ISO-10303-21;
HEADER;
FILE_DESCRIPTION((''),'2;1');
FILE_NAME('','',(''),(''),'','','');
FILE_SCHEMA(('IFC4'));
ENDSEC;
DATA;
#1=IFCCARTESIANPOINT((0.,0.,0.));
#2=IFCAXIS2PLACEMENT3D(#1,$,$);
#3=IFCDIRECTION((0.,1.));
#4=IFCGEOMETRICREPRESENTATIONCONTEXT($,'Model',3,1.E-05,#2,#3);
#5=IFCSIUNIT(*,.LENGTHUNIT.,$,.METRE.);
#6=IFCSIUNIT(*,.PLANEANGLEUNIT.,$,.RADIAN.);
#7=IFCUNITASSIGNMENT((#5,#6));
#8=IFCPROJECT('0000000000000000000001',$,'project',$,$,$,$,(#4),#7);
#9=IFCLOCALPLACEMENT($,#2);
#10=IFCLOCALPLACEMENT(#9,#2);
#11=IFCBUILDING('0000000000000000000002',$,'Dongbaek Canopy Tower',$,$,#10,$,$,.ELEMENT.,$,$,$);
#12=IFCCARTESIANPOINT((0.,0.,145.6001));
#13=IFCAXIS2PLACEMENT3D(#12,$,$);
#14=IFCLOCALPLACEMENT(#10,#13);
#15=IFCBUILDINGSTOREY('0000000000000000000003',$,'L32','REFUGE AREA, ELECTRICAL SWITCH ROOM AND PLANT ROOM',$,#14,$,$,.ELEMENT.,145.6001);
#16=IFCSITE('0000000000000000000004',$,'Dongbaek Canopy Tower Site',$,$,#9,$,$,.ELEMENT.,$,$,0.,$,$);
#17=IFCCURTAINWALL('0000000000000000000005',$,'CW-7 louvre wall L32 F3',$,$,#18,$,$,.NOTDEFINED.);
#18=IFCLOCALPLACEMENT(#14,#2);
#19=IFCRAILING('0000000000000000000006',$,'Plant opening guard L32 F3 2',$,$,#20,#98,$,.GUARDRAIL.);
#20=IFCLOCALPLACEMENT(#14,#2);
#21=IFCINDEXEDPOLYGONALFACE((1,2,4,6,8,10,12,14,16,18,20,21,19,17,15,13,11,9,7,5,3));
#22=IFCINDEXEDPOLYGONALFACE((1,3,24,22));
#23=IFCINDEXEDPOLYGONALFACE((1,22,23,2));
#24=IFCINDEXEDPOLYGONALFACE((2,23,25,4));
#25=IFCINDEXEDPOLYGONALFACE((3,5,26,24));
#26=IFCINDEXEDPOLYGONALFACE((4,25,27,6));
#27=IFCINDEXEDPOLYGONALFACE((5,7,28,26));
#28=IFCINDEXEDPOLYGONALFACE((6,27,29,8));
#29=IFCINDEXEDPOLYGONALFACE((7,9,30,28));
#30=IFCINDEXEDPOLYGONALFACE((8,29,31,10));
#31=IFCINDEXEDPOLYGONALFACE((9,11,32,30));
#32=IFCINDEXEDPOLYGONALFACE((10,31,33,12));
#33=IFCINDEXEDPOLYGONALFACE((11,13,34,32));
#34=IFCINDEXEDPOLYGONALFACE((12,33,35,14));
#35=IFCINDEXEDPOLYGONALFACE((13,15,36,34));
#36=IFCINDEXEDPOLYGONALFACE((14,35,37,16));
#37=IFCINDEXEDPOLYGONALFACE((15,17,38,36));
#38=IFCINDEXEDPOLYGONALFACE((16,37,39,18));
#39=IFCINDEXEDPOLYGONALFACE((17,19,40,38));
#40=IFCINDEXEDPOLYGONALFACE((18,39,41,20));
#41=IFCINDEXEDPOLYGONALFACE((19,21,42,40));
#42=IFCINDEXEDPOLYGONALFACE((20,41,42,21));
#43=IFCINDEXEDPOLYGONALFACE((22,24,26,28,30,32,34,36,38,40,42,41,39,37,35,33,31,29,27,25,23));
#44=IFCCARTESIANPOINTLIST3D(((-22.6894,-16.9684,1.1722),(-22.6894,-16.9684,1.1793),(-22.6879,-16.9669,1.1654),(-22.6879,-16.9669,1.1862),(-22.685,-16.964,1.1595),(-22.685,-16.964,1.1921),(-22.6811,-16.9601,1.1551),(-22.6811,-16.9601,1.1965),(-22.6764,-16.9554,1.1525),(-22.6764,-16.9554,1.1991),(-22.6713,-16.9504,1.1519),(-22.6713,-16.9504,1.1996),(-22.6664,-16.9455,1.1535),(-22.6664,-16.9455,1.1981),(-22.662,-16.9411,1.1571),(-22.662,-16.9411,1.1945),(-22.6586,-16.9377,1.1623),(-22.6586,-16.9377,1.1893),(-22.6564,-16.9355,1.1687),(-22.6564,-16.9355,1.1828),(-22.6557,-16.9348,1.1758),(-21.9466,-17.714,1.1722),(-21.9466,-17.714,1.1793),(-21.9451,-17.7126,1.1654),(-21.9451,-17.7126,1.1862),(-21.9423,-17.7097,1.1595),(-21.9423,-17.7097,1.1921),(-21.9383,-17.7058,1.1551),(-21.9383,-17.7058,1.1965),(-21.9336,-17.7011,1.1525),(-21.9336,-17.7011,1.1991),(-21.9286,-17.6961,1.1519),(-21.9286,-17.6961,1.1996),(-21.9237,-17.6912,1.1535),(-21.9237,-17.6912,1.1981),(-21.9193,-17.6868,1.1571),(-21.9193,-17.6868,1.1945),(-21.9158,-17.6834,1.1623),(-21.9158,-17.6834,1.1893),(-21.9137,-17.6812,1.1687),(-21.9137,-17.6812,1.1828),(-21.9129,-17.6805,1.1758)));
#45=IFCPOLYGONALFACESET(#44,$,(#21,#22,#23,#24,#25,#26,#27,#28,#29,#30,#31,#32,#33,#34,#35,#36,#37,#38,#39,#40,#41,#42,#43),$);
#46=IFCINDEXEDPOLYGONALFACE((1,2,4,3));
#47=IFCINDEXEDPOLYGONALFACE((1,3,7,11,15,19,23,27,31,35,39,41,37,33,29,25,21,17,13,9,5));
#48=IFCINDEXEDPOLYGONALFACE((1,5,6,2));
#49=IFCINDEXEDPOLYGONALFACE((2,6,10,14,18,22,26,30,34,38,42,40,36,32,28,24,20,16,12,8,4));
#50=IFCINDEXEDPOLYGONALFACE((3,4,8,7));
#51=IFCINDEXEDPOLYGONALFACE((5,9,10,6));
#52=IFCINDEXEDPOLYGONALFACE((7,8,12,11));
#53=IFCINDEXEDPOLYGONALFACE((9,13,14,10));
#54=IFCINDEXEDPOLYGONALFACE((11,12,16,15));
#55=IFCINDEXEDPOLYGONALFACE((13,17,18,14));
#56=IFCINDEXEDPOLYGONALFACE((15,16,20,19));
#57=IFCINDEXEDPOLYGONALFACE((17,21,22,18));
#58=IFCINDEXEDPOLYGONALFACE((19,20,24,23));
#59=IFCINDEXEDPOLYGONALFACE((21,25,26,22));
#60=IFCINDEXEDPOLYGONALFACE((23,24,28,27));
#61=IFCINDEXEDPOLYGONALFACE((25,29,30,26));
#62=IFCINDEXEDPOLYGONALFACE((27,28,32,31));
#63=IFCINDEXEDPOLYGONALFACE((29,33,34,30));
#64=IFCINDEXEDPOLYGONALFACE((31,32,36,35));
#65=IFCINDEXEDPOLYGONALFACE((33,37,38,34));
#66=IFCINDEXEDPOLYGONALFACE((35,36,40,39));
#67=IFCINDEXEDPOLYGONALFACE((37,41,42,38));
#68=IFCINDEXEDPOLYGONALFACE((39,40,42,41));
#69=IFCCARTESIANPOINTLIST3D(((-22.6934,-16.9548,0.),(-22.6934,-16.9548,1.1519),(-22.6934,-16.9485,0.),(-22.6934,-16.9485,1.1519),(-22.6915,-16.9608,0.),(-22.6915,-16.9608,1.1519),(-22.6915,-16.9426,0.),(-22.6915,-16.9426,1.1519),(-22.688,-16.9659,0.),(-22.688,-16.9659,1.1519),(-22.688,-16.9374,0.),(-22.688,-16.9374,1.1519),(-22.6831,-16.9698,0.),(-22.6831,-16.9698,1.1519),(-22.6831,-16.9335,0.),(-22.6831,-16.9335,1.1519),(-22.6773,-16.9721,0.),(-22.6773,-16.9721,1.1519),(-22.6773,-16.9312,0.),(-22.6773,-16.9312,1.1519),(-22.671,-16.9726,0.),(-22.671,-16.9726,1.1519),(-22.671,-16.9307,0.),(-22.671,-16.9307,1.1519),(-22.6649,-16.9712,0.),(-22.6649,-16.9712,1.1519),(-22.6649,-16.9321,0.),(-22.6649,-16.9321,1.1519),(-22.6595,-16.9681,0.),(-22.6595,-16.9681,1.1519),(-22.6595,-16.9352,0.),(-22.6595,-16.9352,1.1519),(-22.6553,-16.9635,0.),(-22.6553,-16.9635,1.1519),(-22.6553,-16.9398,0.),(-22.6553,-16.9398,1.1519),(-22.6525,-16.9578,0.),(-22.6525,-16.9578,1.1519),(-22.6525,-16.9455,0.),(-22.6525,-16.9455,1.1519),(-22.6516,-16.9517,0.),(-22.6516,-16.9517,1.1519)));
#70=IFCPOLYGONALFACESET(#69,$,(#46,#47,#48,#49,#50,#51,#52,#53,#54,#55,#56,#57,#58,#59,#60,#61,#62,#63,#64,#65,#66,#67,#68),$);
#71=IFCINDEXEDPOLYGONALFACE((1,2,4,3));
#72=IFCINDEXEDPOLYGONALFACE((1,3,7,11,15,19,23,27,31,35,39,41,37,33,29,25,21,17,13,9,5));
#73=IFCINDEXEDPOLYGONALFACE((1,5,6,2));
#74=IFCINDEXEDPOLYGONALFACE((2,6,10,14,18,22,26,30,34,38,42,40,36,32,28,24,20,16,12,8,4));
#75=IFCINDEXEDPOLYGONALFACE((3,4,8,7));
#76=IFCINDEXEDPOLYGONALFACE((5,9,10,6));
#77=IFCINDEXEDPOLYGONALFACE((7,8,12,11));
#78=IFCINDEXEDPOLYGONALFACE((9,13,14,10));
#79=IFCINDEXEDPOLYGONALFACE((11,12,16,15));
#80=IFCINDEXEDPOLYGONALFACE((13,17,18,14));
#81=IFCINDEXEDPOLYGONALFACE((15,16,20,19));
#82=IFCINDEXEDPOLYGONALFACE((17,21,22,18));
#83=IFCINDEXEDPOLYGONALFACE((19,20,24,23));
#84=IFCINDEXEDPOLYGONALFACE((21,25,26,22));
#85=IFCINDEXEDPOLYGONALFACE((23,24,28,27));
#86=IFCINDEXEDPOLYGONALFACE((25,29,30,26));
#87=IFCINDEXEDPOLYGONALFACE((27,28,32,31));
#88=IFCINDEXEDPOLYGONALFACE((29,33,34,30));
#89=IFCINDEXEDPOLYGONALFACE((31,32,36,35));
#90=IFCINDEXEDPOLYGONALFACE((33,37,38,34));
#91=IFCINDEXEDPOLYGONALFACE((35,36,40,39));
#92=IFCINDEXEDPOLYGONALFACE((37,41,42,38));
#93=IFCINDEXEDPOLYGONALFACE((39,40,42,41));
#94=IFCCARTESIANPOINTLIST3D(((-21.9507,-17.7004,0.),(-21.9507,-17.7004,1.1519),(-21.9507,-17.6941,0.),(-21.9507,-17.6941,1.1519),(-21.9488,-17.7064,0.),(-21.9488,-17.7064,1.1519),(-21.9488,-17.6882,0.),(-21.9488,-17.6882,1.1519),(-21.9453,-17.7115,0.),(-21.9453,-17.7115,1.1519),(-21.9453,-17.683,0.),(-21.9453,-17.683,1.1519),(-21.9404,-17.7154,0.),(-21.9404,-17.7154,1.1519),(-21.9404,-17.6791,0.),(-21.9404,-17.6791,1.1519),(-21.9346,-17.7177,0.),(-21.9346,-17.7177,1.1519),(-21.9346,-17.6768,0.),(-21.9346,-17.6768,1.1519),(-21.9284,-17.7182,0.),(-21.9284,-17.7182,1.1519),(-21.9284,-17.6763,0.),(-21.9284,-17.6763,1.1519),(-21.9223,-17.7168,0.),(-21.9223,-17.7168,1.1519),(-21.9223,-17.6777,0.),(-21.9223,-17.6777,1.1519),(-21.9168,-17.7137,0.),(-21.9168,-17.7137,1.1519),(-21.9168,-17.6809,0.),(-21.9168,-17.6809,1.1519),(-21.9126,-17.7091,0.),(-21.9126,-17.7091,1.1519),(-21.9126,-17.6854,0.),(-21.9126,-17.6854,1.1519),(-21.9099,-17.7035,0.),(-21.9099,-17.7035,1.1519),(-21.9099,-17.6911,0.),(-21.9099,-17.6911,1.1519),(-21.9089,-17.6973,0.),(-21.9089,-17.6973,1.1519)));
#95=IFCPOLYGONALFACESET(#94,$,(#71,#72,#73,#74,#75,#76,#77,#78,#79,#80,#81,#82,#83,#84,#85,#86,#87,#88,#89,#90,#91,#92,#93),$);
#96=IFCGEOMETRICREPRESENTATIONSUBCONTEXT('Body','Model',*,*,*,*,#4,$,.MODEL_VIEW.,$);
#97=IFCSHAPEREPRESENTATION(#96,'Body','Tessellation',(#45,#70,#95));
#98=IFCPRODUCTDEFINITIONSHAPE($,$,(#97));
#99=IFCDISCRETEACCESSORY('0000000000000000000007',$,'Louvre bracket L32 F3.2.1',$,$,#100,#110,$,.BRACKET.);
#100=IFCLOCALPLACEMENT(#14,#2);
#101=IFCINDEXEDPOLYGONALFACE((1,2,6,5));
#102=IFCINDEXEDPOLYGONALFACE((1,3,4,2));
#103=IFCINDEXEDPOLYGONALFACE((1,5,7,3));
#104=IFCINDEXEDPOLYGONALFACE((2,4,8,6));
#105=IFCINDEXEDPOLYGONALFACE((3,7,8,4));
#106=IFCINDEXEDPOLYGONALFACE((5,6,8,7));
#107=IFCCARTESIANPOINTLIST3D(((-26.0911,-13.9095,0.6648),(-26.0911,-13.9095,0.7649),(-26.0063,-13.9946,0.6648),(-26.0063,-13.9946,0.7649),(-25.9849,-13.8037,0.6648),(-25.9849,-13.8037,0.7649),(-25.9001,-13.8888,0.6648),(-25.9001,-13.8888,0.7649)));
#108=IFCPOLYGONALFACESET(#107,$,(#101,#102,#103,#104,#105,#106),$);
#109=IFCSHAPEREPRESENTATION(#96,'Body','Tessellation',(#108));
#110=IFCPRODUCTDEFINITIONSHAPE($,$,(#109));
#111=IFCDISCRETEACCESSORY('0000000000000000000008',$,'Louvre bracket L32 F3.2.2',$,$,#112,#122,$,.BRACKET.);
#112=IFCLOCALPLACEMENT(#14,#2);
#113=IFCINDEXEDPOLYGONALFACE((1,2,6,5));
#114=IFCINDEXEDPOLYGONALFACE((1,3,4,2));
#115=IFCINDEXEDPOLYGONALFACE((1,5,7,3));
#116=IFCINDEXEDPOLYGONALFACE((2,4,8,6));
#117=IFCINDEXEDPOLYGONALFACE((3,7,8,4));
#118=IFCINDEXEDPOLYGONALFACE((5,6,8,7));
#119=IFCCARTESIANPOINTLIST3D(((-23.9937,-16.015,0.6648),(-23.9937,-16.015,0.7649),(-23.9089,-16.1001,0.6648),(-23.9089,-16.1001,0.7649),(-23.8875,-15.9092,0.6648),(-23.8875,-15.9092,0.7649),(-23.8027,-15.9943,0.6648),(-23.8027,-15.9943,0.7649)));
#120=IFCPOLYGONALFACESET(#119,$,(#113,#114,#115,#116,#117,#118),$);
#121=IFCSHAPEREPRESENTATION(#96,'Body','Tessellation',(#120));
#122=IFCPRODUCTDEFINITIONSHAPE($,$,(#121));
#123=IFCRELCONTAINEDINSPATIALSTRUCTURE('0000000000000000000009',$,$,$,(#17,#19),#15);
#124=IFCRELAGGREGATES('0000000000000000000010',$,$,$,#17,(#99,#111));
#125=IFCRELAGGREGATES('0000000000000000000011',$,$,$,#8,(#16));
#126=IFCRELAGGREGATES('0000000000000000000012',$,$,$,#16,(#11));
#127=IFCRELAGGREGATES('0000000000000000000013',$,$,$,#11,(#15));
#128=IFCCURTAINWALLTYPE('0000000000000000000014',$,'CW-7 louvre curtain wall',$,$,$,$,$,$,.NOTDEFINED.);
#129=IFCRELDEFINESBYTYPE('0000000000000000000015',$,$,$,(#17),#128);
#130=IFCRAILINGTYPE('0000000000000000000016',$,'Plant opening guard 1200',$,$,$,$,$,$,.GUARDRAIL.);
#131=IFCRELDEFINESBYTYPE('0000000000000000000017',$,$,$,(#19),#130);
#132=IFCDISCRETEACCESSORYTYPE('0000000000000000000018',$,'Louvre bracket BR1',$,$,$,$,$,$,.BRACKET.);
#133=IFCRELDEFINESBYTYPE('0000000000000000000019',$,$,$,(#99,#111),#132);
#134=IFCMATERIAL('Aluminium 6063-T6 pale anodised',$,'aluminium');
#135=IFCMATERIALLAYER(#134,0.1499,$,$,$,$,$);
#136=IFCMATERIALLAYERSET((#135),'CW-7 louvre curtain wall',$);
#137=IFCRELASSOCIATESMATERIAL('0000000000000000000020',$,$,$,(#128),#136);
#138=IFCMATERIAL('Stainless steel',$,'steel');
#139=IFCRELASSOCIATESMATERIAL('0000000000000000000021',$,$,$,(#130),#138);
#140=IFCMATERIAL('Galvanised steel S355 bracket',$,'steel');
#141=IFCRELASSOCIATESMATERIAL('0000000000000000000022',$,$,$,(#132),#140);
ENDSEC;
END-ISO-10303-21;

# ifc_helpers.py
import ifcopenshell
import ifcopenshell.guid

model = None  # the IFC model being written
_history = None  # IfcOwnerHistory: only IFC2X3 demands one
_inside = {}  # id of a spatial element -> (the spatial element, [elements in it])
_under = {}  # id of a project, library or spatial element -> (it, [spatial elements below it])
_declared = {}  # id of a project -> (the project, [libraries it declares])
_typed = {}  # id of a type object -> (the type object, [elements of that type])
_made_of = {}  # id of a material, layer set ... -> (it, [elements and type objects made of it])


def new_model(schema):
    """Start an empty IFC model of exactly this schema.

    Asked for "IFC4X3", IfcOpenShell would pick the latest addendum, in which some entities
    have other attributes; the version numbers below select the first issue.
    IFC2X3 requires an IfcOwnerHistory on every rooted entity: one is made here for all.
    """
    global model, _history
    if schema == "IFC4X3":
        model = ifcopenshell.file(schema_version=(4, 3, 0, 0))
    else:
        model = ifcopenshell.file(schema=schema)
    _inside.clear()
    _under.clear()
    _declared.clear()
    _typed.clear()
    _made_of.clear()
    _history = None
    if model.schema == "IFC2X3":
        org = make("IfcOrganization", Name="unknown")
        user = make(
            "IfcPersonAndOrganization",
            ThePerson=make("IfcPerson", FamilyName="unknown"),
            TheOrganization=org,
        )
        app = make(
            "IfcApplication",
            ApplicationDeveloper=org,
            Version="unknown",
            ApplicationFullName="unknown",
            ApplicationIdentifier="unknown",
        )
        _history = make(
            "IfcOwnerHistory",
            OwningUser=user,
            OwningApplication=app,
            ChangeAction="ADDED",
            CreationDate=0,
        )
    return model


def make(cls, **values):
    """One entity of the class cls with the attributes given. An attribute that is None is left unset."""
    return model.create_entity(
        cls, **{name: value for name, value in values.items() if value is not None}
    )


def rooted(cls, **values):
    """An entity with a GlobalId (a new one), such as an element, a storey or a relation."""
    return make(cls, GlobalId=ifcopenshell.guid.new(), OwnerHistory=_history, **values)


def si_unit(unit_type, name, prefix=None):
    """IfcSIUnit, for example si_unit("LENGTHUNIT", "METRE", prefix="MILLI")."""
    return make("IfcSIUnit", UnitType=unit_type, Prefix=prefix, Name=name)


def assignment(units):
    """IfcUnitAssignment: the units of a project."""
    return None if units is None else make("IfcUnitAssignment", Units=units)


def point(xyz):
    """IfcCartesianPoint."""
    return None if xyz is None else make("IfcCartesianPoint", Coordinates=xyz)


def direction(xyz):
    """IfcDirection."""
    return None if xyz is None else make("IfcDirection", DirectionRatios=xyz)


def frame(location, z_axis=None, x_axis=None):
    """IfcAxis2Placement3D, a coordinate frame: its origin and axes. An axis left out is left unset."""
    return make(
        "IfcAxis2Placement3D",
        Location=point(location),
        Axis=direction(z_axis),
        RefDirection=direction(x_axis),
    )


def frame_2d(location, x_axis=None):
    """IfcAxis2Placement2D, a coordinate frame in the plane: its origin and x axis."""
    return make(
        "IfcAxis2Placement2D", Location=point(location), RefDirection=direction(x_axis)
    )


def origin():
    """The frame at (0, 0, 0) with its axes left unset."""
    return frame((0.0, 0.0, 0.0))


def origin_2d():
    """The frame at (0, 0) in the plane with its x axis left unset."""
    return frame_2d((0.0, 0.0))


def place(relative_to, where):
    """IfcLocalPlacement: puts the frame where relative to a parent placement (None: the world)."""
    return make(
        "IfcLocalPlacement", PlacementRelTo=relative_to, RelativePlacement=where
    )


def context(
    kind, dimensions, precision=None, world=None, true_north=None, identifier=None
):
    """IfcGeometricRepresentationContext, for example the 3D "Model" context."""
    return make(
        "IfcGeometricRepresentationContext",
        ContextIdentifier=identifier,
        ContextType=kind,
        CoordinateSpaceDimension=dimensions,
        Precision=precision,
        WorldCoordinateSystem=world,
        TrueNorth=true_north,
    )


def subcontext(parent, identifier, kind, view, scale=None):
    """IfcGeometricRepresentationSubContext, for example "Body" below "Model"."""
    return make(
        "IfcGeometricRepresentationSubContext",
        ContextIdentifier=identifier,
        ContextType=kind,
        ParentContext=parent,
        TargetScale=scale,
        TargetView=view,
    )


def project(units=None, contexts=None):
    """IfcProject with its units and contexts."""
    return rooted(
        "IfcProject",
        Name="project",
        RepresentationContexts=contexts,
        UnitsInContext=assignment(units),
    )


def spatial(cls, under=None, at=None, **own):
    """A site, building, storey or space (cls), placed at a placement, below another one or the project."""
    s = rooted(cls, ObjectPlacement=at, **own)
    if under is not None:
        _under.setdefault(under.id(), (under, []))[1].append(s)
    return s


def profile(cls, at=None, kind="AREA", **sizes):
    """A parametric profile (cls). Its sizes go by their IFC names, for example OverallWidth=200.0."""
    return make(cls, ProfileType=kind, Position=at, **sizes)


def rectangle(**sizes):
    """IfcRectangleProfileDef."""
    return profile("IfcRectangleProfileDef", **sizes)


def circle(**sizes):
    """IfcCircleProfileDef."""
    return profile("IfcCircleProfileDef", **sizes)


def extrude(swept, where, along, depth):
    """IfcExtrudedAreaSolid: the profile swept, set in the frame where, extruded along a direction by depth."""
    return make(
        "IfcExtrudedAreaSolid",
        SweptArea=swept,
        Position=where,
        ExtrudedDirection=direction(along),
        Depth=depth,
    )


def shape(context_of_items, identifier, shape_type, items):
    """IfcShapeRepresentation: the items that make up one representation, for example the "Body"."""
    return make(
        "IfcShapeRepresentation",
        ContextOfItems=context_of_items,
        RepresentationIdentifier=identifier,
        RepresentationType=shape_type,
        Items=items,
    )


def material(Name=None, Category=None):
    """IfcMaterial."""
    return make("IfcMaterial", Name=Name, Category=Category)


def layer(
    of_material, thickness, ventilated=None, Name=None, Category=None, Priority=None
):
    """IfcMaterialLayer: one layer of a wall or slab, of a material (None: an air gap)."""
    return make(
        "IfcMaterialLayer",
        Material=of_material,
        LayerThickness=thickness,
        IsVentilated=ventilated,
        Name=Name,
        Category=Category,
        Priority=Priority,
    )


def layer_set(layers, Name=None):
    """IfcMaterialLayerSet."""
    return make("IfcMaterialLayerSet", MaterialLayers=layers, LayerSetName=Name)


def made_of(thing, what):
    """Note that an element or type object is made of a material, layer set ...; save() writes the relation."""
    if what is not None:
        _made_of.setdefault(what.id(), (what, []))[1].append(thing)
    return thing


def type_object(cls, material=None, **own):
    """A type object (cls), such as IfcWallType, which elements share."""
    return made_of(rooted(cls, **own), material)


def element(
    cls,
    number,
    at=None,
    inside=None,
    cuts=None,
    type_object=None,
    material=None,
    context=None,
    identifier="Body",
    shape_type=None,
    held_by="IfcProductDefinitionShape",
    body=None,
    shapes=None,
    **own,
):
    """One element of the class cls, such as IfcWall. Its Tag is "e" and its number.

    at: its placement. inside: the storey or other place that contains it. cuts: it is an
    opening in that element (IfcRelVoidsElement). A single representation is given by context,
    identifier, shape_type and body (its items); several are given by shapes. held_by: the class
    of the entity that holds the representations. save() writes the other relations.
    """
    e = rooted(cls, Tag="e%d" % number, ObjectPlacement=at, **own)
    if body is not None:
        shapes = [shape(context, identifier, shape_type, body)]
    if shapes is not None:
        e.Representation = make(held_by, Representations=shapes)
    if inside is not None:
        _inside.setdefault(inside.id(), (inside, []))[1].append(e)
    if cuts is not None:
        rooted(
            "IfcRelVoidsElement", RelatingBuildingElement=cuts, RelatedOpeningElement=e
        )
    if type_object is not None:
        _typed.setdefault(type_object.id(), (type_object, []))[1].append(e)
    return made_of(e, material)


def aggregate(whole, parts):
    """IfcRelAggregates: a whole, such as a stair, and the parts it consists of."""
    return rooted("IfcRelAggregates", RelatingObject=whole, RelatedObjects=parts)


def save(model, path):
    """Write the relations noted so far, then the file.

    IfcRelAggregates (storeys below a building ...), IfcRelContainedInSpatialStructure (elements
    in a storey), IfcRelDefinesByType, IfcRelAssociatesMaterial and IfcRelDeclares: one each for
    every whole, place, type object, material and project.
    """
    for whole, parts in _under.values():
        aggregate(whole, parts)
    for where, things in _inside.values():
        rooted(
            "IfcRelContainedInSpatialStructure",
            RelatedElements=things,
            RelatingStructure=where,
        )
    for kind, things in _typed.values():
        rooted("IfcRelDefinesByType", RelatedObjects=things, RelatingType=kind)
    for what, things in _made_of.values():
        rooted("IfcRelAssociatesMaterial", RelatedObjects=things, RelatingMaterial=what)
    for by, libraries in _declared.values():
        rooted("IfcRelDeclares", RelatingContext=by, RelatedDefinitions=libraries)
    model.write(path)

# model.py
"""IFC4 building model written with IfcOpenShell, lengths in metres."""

from ifc_helpers import new_model, si_unit, direction, frame, origin, origin_2d, place, context, subcontext, project, spatial, rectangle, circle, extrude, material, layer, layer_set, type_object, element, aggregate, save


model = new_model("IFC4")

# Units and contexts
model_context = context("Model", 3, precision=1e-05, world=origin(), true_north=direction((0.0, 1.0)))
body_context = subcontext(model_context, "Body", "Model", "MODEL_VIEW")
ifc_project = project(units=[si_unit("LENGTHUNIT", "METRE"), si_unit("PLANEANGLEUNIT", "RADIAN")], contexts=[model_context])

# Site, building, storey
site_placement = place(None, origin())
site = spatial("IfcSite", under=ifc_project, at=site_placement, Name="Dongbaek Canopy Tower Site", CompositionType="ELEMENT", RefElevation=0.0)
building_placement = place(site_placement, origin())
building = spatial("IfcBuilding", under=site, at=building_placement, Name="Dongbaek Canopy Tower", CompositionType="ELEMENT")
storey_placement = place(building_placement, frame((0.0, 0.0, 145.6001)))
storey = spatial("IfcBuildingStorey", under=building, at=storey_placement, Name="L32", Description="REFUGE AREA, ELECTRICAL SWITCH ROOM AND PLANT ROOM", CompositionType="ELEMENT", Elevation=145.6001)

# Curtain wall
ifc_material_1 = material(Name="Aluminium 6063-T6 pale anodised", Category="aluminium")
ifc_layer_1 = layer(ifc_material_1, 0.1499)
ifc_layer_set_1 = layer_set([ifc_layer_1], Name="CW-7 louvre curtain wall")
curtain_wall_type = type_object("IfcCurtainWallType", Name="CW-7 louvre curtain wall", PredefinedType="NOTDEFINED", material=ifc_layer_set_1)
curtain_wall_placement = place(storey_placement, origin())
curtain_wall = element("IfcCurtainWall", 1, at=curtain_wall_placement, inside=storey, type_object=curtain_wall_type, Name="CW-7 louvre wall L32 F3", PredefinedType="NOTDEFINED")

# Railing
ifc_material_2 = material(Name="Stainless steel", Category="steel")
railing_type = type_object("IfcRailingType", Name="Plant opening guard 1200", PredefinedType="GUARDRAIL", material=ifc_material_2)
railing_placement = place(storey_placement, frame((-22.6726, -16.9517, 0.0)))
element("IfcRailing", 2, at=railing_placement, inside=storey, type_object=railing_type, Name="Plant opening guard L32 F3 2", PredefinedType="GUARDRAIL", context=body_context, shape_type="SweptSolid", body=[
    extrude(circle(Radius=0.0239, at=origin_2d()), frame((0.0, 0.0, 1.1758), z_axis=(0.705713, -0.708497, 0.0), x_axis=(0.708497, 0.705713, 0.0)), (0.0, 0.0, 1.0), 1.0525),
    extrude(circle(Radius=0.021, at=origin_2d()), origin(), (0.0, 0.0, 1.0), 1.1519),
    extrude(circle(Radius=0.021, at=origin_2d()), frame((0.7427, -0.7456, 0.0)), (0.0, 0.0, 1.0), 1.1519),
])

# Discrete accessories
ifc_material_3 = material(Name="Galvanised steel S355 bracket", Category="steel")
discrete_accessory_type = type_object("IfcDiscreteAccessoryType", Name="Louvre bracket BR1", PredefinedType="BRACKET", material=ifc_material_3)
discrete_accessory_1_placement = place(storey_placement, frame((-25.9956, -13.8992, 0.6648), z_axis=(0.0, 0.0, 1.0), x_axis=(0.705732, -0.708479, 0.0)))
discrete_accessory_1 = element("IfcDiscreteAccessory", 3, at=discrete_accessory_1_placement, type_object=discrete_accessory_type, Name="Louvre bracket L32 F3.2.1", PredefinedType="BRACKET", context=body_context, shape_type="SweptSolid", body=[
    extrude(rectangle(XDim=0.1201, YDim=0.1499, at=origin_2d()), origin(), (0.0, 0.0, 1.0), 0.1001),
])
discrete_accessory_2_placement = place(storey_placement, frame((-23.8982, -16.0046, 0.6648), z_axis=(0.0, 0.0, 1.0), x_axis=(0.705732, -0.708479, 0.0)))
discrete_accessory_2 = element("IfcDiscreteAccessory", 4, at=discrete_accessory_2_placement, type_object=discrete_accessory_type, Name="Louvre bracket L32 F3.2.2", PredefinedType="BRACKET", context=body_context, shape_type="SweptSolid", body=[
    extrude(rectangle(XDim=0.1201, YDim=0.1499, at=origin_2d()), origin(), (0.0, 0.0, 1.0), 0.1001),
])
aggregate(curtain_wall, [discrete_accessory_1, discrete_accessory_2])

save(model, "model.ifc")
